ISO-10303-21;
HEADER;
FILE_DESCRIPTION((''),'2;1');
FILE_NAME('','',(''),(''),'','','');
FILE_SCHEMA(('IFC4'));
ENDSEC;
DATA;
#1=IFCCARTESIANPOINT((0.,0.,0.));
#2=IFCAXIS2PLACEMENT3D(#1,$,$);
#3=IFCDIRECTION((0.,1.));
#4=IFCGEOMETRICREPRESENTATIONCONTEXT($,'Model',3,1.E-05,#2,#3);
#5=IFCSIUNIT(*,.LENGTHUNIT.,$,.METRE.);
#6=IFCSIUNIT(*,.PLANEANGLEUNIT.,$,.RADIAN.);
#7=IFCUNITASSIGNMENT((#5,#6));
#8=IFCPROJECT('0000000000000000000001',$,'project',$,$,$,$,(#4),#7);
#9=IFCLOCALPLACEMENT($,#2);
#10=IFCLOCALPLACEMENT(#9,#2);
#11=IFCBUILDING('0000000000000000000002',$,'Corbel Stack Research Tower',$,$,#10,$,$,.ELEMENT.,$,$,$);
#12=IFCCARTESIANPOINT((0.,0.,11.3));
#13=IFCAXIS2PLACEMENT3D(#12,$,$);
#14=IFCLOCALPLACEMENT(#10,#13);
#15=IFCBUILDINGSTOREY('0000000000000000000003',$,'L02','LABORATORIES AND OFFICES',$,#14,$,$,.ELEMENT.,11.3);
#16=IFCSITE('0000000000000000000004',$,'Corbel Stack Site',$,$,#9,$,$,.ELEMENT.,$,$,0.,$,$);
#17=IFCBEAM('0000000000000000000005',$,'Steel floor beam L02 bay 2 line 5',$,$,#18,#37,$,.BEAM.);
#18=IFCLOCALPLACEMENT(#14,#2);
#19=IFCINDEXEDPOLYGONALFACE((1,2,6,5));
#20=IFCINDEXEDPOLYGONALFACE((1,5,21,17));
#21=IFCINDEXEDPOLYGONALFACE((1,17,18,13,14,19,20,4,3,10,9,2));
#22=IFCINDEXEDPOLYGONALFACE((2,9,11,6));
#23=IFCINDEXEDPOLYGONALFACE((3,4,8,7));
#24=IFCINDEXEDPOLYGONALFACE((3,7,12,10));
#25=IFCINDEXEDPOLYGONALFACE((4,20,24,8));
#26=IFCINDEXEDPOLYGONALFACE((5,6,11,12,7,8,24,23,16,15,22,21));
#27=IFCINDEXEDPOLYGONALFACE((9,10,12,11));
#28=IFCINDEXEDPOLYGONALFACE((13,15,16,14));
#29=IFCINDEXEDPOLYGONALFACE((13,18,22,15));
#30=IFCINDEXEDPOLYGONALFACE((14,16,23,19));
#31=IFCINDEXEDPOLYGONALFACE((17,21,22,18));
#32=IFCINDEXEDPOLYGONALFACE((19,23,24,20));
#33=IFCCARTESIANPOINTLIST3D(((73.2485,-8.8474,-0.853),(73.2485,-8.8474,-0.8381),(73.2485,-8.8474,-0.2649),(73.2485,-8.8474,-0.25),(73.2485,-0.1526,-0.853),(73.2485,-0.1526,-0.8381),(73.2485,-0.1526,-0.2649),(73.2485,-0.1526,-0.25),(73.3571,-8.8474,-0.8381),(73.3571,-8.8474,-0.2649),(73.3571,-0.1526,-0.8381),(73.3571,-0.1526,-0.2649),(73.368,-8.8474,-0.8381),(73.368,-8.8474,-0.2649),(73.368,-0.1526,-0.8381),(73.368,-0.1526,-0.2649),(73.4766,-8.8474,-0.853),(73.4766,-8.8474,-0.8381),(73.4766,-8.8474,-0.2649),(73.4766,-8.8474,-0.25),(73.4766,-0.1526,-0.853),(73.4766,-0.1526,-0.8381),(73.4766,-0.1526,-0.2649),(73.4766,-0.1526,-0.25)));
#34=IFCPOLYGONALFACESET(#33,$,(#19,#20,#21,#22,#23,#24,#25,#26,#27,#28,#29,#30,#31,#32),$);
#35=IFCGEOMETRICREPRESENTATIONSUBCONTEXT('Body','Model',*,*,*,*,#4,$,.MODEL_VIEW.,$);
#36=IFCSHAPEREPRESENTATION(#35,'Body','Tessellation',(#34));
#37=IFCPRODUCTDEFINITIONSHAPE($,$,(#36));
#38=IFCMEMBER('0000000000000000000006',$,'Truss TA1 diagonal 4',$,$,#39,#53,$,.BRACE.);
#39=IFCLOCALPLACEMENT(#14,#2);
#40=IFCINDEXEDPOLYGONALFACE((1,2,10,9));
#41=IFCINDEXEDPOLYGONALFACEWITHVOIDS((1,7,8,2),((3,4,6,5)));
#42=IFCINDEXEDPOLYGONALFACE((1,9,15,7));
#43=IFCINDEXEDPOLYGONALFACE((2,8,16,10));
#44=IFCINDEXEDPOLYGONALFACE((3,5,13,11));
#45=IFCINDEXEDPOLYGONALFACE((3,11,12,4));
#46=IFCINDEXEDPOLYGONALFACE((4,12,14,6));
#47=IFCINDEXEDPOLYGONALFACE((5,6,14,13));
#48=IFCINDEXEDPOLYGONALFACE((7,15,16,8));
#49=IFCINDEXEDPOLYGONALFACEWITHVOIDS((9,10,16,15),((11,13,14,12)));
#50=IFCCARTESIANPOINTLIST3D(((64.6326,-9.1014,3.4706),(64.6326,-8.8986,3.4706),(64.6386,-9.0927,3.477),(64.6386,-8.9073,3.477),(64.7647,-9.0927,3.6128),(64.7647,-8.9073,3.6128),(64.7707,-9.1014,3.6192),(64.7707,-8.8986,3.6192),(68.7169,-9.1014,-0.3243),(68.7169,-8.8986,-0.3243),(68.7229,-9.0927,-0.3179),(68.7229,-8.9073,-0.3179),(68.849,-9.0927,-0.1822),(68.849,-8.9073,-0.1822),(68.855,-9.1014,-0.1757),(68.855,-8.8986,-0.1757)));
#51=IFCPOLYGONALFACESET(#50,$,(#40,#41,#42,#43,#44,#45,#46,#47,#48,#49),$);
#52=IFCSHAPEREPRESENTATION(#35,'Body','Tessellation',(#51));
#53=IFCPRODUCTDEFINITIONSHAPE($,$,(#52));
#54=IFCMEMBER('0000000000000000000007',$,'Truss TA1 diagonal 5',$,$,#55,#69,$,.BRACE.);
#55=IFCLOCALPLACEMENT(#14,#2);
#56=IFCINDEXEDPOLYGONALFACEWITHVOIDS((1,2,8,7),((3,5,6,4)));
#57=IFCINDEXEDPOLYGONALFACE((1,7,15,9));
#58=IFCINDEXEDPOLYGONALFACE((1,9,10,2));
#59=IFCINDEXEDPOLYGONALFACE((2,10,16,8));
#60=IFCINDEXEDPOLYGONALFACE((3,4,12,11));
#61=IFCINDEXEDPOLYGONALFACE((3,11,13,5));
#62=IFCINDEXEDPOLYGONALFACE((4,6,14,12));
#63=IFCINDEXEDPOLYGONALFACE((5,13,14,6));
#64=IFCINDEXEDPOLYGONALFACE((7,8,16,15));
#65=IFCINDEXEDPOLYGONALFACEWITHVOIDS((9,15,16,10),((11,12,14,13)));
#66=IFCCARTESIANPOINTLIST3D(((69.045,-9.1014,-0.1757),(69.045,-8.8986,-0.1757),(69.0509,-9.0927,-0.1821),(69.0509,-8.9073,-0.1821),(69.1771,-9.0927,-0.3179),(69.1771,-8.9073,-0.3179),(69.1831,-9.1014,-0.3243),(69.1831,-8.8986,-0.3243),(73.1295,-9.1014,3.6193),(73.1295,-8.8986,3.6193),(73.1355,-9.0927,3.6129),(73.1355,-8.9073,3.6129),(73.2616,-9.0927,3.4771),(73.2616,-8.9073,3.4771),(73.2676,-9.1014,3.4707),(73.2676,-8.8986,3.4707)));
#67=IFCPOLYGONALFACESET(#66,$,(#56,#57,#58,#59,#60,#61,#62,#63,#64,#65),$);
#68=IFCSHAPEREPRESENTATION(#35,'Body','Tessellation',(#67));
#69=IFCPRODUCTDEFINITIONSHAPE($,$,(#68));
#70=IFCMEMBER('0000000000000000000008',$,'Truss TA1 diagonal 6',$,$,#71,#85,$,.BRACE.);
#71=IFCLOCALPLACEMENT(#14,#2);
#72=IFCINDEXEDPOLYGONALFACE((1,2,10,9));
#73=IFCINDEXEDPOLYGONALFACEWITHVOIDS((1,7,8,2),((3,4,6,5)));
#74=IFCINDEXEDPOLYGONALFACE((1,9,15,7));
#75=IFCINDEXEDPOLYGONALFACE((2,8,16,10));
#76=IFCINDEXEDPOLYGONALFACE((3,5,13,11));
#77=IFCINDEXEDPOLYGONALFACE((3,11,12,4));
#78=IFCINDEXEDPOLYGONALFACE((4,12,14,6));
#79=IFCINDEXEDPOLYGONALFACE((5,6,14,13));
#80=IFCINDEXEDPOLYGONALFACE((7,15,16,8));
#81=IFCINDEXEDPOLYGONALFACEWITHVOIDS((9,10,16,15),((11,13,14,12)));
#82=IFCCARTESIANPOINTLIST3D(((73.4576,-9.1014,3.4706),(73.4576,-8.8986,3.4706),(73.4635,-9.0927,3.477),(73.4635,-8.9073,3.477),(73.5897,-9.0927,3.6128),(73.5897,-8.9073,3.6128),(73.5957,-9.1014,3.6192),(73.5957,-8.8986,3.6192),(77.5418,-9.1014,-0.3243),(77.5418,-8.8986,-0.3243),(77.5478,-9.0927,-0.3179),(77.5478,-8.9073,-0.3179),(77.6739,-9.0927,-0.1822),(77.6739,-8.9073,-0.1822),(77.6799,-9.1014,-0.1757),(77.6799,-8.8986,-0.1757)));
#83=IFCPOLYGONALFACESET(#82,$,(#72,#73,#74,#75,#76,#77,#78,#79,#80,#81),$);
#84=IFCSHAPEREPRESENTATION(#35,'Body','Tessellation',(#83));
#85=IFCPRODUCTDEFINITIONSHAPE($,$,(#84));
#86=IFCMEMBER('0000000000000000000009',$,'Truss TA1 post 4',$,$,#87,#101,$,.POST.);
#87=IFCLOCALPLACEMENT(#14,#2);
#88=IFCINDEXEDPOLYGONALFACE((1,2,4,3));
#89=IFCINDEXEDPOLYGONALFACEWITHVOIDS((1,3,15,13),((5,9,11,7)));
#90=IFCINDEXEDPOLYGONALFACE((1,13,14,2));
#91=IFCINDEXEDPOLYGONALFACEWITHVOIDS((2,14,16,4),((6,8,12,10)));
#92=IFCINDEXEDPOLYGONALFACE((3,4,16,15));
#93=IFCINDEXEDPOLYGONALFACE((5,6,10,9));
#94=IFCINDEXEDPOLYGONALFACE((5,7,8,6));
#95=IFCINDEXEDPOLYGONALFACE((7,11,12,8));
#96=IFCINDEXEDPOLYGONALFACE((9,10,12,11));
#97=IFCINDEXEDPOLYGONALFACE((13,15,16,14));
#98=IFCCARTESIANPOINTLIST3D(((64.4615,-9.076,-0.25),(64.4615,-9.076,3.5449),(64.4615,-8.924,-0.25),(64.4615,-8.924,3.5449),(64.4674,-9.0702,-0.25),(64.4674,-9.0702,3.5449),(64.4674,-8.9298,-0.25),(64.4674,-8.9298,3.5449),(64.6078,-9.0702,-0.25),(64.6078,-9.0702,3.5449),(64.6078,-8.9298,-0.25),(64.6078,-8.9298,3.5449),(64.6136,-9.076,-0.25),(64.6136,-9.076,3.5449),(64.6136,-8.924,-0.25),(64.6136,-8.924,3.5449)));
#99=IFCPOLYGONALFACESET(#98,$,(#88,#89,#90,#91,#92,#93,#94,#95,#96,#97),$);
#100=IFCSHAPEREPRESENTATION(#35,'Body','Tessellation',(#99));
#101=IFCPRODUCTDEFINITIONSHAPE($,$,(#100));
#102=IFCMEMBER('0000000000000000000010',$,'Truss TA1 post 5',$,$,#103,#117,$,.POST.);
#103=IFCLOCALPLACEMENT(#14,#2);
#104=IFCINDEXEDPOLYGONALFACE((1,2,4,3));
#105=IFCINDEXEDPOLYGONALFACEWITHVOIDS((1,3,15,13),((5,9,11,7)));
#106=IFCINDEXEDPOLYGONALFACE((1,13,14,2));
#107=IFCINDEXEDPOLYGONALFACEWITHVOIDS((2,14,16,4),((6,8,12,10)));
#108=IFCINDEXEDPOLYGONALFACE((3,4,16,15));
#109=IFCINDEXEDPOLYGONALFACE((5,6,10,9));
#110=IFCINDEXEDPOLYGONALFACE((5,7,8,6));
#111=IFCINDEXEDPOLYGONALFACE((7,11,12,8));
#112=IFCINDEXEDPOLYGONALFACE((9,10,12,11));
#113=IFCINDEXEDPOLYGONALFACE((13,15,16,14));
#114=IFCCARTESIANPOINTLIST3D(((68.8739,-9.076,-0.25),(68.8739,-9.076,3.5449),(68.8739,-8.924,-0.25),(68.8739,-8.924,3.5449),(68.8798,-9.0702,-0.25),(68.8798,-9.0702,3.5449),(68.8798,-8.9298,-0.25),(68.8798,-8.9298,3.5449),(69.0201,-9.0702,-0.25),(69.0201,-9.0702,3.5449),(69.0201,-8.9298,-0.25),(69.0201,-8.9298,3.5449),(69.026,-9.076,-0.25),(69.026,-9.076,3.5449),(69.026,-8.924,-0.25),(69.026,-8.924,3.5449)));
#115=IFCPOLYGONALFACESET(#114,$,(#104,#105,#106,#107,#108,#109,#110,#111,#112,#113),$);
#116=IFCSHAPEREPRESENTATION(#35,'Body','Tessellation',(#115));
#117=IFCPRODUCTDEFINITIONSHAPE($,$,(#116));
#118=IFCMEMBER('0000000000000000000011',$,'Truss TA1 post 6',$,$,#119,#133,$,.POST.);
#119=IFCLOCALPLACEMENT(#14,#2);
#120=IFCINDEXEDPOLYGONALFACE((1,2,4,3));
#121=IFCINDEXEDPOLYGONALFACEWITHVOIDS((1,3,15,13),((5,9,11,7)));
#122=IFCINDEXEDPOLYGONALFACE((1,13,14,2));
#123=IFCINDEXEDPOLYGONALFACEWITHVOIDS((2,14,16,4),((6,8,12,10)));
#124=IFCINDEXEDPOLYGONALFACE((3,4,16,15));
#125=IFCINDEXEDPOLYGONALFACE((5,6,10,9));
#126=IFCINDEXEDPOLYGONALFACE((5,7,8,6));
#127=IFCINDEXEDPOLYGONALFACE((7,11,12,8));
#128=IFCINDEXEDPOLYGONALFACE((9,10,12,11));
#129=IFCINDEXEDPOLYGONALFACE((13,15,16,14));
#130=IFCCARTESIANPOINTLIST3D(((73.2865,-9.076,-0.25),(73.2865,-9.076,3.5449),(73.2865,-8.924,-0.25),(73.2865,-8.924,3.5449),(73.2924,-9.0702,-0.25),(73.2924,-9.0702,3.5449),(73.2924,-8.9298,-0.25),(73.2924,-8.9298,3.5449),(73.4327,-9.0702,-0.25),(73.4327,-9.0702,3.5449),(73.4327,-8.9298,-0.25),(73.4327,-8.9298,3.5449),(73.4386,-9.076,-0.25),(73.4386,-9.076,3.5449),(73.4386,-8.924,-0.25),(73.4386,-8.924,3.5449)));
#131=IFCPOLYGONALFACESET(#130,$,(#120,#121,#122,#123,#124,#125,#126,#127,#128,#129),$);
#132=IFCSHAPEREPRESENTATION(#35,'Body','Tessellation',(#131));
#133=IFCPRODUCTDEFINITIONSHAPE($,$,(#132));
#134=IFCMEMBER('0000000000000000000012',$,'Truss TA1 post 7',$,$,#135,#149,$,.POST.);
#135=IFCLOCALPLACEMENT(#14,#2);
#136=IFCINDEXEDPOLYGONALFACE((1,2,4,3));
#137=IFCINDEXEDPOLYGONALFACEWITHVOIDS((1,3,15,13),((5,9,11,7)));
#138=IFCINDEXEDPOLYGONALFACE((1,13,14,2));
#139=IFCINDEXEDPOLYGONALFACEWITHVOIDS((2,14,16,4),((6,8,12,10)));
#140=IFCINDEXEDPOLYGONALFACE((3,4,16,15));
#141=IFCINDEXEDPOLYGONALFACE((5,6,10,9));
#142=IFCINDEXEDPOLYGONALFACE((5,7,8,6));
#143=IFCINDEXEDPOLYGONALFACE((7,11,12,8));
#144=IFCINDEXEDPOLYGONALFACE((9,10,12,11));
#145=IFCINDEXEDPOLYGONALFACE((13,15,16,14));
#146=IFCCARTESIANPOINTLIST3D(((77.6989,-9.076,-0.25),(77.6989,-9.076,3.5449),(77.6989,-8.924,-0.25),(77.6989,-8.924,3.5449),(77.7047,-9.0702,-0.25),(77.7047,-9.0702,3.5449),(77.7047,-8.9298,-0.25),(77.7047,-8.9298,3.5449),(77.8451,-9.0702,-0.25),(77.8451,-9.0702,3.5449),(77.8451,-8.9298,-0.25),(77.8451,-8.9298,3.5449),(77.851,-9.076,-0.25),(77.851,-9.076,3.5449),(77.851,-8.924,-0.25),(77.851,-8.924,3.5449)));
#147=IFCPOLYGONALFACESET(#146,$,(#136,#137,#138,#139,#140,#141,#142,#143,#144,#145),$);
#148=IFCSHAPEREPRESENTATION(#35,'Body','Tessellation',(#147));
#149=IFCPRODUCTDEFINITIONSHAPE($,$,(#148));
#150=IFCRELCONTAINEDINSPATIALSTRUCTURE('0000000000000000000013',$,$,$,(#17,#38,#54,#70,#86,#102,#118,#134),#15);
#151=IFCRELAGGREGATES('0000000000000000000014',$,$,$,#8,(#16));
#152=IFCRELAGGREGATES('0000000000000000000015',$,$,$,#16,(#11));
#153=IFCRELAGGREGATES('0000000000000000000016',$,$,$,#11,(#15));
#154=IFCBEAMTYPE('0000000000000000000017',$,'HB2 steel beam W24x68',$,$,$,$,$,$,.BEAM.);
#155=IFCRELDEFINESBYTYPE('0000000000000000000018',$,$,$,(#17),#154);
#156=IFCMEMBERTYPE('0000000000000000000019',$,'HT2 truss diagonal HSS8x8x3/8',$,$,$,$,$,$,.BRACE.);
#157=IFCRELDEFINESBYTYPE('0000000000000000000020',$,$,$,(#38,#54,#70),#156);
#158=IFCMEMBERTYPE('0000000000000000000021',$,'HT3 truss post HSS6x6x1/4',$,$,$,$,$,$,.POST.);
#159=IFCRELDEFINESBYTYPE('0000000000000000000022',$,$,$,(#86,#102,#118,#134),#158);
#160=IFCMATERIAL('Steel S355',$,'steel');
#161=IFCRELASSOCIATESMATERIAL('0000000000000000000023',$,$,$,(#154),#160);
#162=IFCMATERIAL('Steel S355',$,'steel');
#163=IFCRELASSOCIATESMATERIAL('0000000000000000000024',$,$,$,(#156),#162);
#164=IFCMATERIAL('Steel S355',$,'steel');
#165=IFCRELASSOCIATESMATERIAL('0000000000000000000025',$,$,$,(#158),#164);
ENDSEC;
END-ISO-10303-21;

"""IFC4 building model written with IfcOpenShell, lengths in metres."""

from ifc_helpers import new_model, si_unit, direction, frame, origin, origin_2d, place, context, subcontext, project, spatial, hollow_rectangle, i_section, extrude, material, material_profile, profile_set, type_object, element, save


model = new_model("IFC4")

# Units and contexts
model_context = context("Model", 3, precision=1e-05, world=origin(), true_north=direction((0.0, 1.0)))
body_context = subcontext(model_context, "Body", "Model", "MODEL_VIEW")
ifc_project = project(units=[si_unit("LENGTHUNIT", "METRE"), si_unit("PLANEANGLEUNIT", "RADIAN")], contexts=[model_context])

# Site, building, storey
site_placement = place(None, origin())
site = spatial("IfcSite", under=ifc_project, at=site_placement, Name="Corbel Stack Site", CompositionType="ELEMENT", RefElevation=0.0)
building_placement = place(site_placement, origin())
building = spatial("IfcBuilding", under=site, at=building_placement, Name="Corbel Stack Research Tower", CompositionType="ELEMENT")
storey_placement = place(building_placement, frame((0.0, 0.0, 11.3)))
storey = spatial("IfcBuildingStorey", under=building, at=storey_placement, Name="L02", Description="LABORATORIES AND OFFICES", CompositionType="ELEMENT", Elevation=11.3)

# Beam
ifc_material_1 = material(Name="Steel S355", Category="steel")
ifc_material_profile_1 = material_profile(ifc_material_1, i_section(OverallWidth=0.228, OverallDepth=0.603, WebThickness=0.011, FlangeThickness=0.0149, at=origin_2d()), Name="W24x68")
ifc_profile_set_1 = profile_set([ifc_material_profile_1], Name="Steel S355")
beam_type_1 = type_object("IfcBeamType", Name="HB2 steel beam W24x68", PredefinedType="BEAM", material=ifc_profile_set_1)
for number, where, z_axis, x_axis, name in (
    (1, (73.3625, -8.8474, -0.5515), (0.0, 1.0, 0.0), (-1.0, 0.0, 0.0), "Steel floor beam L02 bay 2 line 5"),
):
    element("IfcBeam", number, at=place(storey_placement, frame(where, z_axis=z_axis, x_axis=x_axis)), inside=storey, type_object=beam_type_1, Name=name, PredefinedType="BEAM", context=body_context, shape_type="SweptSolid", body=[
        extrude(i_section(OverallWidth=0.228, OverallDepth=0.603, WebThickness=0.011, FlangeThickness=0.0149, at=origin_2d()), origin(), (0.0, 0.0, 1.0), 8.6948),
    ])

# Members
ifc_material_2 = material(Name="Steel S355", Category="steel")
ifc_material_profile_2 = material_profile(ifc_material_2, hollow_rectangle(XDim=0.2029, YDim=0.2029, WallThickness=0.0088, at=origin_2d()), Name="HSS8x8x3/8")
ifc_profile_set_2 = profile_set([ifc_material_profile_2], Name="Steel S355")
member_type_1 = type_object("IfcMemberType", Name="HT2 truss diagonal HSS8x8x3/8", PredefinedType="BRACE", material=ifc_profile_set_2)
member_1_placement = place(storey_placement, frame((64.7017, -9.0, 3.5449), z_axis=(0.732577, 0.0, -0.680685), x_axis=(0.0, 1.0, 0.0)))
element("IfcMember", 2, at=member_1_placement, inside=storey, type_object=member_type_1, Name="Truss TA1 diagonal 4", PredefinedType="BRACE", context=body_context, shape_type="SweptSolid", body=[
    extrude(hollow_rectangle(XDim=0.2029, YDim=0.2029, WallThickness=0.0088, at=origin_2d()), origin(), (0.0, 0.0, 1.0), 5.5752),
])
member_2_placement = place(storey_placement, frame((69.114, -9.0, -0.25), z_axis=(0.732597, 0.0, 0.680663), x_axis=(0.0, 1.0, 0.0)))
element("IfcMember", 3, at=member_2_placement, inside=storey, type_object=member_type_1, Name="Truss TA1 diagonal 5", PredefinedType="BRACE", context=body_context, shape_type="SweptSolid", body=[
    extrude(hollow_rectangle(XDim=0.2029, YDim=0.2029, WallThickness=0.0088, at=origin_2d()), origin(), (0.0, 0.0, 1.0), 5.5754),
])
member_3_placement = place(storey_placement, frame((73.5266, -9.0, 3.5449), z_axis=(0.732577, 0.0, -0.680685), x_axis=(0.0, 1.0, 0.0)))
element("IfcMember", 4, at=member_3_placement, inside=storey, type_object=member_type_1, Name="Truss TA1 diagonal 6", PredefinedType="BRACE", context=body_context, shape_type="SweptSolid", body=[
    extrude(hollow_rectangle(XDim=0.2029, YDim=0.2029, WallThickness=0.0088, at=origin_2d()), origin(), (0.0, 0.0, 1.0), 5.5752),
])
ifc_material_3 = material(Name="Steel S355", Category="steel")
ifc_material_profile_3 = material_profile(ifc_material_3, hollow_rectangle(XDim=0.1521, YDim=0.1521, WallThickness=0.0059, at=origin_2d()), Name="HSS6x6x1/4")
ifc_profile_set_3 = profile_set([ifc_material_profile_3], Name="Steel S355")
member_type_2 = type_object("IfcMemberType", Name="HT3 truss post HSS6x6x1/4", PredefinedType="POST", material=ifc_profile_set_3)
for number, where, z_axis, x_axis, name in (
    (5, (64.5376, -9.0, -0.25), (0.0, 0.0, 1.0), (1.0, 0.0, 0.0), "Truss TA1 post 4"),
    (6, (68.95, -9.0, -0.25), (0.0, 0.0, 1.0), (1.0, 0.0, 0.0), "Truss TA1 post 5"),
    (7, (73.3625, -9.0, -0.25), (0.0, 0.0, 1.0), (1.0, 0.0, 0.0), "Truss TA1 post 6"),
    (8, (77.7749, -9.0, -0.25), (0.0, 0.0, 1.0), (1.0, 0.0, 0.0), "Truss TA1 post 7"),
):
    element("IfcMember", number, at=place(storey_placement, frame(where, z_axis=z_axis, x_axis=x_axis)), inside=storey, type_object=member_type_2, Name=name, PredefinedType="POST", context=body_context, shape_type="SweptSolid", body=[
        extrude(hollow_rectangle(XDim=0.1521, YDim=0.1521, WallThickness=0.0059, at=origin_2d()), origin(), (0.0, 0.0, 1.0), 3.7949),
    ])

save(model, "model.ifc")
